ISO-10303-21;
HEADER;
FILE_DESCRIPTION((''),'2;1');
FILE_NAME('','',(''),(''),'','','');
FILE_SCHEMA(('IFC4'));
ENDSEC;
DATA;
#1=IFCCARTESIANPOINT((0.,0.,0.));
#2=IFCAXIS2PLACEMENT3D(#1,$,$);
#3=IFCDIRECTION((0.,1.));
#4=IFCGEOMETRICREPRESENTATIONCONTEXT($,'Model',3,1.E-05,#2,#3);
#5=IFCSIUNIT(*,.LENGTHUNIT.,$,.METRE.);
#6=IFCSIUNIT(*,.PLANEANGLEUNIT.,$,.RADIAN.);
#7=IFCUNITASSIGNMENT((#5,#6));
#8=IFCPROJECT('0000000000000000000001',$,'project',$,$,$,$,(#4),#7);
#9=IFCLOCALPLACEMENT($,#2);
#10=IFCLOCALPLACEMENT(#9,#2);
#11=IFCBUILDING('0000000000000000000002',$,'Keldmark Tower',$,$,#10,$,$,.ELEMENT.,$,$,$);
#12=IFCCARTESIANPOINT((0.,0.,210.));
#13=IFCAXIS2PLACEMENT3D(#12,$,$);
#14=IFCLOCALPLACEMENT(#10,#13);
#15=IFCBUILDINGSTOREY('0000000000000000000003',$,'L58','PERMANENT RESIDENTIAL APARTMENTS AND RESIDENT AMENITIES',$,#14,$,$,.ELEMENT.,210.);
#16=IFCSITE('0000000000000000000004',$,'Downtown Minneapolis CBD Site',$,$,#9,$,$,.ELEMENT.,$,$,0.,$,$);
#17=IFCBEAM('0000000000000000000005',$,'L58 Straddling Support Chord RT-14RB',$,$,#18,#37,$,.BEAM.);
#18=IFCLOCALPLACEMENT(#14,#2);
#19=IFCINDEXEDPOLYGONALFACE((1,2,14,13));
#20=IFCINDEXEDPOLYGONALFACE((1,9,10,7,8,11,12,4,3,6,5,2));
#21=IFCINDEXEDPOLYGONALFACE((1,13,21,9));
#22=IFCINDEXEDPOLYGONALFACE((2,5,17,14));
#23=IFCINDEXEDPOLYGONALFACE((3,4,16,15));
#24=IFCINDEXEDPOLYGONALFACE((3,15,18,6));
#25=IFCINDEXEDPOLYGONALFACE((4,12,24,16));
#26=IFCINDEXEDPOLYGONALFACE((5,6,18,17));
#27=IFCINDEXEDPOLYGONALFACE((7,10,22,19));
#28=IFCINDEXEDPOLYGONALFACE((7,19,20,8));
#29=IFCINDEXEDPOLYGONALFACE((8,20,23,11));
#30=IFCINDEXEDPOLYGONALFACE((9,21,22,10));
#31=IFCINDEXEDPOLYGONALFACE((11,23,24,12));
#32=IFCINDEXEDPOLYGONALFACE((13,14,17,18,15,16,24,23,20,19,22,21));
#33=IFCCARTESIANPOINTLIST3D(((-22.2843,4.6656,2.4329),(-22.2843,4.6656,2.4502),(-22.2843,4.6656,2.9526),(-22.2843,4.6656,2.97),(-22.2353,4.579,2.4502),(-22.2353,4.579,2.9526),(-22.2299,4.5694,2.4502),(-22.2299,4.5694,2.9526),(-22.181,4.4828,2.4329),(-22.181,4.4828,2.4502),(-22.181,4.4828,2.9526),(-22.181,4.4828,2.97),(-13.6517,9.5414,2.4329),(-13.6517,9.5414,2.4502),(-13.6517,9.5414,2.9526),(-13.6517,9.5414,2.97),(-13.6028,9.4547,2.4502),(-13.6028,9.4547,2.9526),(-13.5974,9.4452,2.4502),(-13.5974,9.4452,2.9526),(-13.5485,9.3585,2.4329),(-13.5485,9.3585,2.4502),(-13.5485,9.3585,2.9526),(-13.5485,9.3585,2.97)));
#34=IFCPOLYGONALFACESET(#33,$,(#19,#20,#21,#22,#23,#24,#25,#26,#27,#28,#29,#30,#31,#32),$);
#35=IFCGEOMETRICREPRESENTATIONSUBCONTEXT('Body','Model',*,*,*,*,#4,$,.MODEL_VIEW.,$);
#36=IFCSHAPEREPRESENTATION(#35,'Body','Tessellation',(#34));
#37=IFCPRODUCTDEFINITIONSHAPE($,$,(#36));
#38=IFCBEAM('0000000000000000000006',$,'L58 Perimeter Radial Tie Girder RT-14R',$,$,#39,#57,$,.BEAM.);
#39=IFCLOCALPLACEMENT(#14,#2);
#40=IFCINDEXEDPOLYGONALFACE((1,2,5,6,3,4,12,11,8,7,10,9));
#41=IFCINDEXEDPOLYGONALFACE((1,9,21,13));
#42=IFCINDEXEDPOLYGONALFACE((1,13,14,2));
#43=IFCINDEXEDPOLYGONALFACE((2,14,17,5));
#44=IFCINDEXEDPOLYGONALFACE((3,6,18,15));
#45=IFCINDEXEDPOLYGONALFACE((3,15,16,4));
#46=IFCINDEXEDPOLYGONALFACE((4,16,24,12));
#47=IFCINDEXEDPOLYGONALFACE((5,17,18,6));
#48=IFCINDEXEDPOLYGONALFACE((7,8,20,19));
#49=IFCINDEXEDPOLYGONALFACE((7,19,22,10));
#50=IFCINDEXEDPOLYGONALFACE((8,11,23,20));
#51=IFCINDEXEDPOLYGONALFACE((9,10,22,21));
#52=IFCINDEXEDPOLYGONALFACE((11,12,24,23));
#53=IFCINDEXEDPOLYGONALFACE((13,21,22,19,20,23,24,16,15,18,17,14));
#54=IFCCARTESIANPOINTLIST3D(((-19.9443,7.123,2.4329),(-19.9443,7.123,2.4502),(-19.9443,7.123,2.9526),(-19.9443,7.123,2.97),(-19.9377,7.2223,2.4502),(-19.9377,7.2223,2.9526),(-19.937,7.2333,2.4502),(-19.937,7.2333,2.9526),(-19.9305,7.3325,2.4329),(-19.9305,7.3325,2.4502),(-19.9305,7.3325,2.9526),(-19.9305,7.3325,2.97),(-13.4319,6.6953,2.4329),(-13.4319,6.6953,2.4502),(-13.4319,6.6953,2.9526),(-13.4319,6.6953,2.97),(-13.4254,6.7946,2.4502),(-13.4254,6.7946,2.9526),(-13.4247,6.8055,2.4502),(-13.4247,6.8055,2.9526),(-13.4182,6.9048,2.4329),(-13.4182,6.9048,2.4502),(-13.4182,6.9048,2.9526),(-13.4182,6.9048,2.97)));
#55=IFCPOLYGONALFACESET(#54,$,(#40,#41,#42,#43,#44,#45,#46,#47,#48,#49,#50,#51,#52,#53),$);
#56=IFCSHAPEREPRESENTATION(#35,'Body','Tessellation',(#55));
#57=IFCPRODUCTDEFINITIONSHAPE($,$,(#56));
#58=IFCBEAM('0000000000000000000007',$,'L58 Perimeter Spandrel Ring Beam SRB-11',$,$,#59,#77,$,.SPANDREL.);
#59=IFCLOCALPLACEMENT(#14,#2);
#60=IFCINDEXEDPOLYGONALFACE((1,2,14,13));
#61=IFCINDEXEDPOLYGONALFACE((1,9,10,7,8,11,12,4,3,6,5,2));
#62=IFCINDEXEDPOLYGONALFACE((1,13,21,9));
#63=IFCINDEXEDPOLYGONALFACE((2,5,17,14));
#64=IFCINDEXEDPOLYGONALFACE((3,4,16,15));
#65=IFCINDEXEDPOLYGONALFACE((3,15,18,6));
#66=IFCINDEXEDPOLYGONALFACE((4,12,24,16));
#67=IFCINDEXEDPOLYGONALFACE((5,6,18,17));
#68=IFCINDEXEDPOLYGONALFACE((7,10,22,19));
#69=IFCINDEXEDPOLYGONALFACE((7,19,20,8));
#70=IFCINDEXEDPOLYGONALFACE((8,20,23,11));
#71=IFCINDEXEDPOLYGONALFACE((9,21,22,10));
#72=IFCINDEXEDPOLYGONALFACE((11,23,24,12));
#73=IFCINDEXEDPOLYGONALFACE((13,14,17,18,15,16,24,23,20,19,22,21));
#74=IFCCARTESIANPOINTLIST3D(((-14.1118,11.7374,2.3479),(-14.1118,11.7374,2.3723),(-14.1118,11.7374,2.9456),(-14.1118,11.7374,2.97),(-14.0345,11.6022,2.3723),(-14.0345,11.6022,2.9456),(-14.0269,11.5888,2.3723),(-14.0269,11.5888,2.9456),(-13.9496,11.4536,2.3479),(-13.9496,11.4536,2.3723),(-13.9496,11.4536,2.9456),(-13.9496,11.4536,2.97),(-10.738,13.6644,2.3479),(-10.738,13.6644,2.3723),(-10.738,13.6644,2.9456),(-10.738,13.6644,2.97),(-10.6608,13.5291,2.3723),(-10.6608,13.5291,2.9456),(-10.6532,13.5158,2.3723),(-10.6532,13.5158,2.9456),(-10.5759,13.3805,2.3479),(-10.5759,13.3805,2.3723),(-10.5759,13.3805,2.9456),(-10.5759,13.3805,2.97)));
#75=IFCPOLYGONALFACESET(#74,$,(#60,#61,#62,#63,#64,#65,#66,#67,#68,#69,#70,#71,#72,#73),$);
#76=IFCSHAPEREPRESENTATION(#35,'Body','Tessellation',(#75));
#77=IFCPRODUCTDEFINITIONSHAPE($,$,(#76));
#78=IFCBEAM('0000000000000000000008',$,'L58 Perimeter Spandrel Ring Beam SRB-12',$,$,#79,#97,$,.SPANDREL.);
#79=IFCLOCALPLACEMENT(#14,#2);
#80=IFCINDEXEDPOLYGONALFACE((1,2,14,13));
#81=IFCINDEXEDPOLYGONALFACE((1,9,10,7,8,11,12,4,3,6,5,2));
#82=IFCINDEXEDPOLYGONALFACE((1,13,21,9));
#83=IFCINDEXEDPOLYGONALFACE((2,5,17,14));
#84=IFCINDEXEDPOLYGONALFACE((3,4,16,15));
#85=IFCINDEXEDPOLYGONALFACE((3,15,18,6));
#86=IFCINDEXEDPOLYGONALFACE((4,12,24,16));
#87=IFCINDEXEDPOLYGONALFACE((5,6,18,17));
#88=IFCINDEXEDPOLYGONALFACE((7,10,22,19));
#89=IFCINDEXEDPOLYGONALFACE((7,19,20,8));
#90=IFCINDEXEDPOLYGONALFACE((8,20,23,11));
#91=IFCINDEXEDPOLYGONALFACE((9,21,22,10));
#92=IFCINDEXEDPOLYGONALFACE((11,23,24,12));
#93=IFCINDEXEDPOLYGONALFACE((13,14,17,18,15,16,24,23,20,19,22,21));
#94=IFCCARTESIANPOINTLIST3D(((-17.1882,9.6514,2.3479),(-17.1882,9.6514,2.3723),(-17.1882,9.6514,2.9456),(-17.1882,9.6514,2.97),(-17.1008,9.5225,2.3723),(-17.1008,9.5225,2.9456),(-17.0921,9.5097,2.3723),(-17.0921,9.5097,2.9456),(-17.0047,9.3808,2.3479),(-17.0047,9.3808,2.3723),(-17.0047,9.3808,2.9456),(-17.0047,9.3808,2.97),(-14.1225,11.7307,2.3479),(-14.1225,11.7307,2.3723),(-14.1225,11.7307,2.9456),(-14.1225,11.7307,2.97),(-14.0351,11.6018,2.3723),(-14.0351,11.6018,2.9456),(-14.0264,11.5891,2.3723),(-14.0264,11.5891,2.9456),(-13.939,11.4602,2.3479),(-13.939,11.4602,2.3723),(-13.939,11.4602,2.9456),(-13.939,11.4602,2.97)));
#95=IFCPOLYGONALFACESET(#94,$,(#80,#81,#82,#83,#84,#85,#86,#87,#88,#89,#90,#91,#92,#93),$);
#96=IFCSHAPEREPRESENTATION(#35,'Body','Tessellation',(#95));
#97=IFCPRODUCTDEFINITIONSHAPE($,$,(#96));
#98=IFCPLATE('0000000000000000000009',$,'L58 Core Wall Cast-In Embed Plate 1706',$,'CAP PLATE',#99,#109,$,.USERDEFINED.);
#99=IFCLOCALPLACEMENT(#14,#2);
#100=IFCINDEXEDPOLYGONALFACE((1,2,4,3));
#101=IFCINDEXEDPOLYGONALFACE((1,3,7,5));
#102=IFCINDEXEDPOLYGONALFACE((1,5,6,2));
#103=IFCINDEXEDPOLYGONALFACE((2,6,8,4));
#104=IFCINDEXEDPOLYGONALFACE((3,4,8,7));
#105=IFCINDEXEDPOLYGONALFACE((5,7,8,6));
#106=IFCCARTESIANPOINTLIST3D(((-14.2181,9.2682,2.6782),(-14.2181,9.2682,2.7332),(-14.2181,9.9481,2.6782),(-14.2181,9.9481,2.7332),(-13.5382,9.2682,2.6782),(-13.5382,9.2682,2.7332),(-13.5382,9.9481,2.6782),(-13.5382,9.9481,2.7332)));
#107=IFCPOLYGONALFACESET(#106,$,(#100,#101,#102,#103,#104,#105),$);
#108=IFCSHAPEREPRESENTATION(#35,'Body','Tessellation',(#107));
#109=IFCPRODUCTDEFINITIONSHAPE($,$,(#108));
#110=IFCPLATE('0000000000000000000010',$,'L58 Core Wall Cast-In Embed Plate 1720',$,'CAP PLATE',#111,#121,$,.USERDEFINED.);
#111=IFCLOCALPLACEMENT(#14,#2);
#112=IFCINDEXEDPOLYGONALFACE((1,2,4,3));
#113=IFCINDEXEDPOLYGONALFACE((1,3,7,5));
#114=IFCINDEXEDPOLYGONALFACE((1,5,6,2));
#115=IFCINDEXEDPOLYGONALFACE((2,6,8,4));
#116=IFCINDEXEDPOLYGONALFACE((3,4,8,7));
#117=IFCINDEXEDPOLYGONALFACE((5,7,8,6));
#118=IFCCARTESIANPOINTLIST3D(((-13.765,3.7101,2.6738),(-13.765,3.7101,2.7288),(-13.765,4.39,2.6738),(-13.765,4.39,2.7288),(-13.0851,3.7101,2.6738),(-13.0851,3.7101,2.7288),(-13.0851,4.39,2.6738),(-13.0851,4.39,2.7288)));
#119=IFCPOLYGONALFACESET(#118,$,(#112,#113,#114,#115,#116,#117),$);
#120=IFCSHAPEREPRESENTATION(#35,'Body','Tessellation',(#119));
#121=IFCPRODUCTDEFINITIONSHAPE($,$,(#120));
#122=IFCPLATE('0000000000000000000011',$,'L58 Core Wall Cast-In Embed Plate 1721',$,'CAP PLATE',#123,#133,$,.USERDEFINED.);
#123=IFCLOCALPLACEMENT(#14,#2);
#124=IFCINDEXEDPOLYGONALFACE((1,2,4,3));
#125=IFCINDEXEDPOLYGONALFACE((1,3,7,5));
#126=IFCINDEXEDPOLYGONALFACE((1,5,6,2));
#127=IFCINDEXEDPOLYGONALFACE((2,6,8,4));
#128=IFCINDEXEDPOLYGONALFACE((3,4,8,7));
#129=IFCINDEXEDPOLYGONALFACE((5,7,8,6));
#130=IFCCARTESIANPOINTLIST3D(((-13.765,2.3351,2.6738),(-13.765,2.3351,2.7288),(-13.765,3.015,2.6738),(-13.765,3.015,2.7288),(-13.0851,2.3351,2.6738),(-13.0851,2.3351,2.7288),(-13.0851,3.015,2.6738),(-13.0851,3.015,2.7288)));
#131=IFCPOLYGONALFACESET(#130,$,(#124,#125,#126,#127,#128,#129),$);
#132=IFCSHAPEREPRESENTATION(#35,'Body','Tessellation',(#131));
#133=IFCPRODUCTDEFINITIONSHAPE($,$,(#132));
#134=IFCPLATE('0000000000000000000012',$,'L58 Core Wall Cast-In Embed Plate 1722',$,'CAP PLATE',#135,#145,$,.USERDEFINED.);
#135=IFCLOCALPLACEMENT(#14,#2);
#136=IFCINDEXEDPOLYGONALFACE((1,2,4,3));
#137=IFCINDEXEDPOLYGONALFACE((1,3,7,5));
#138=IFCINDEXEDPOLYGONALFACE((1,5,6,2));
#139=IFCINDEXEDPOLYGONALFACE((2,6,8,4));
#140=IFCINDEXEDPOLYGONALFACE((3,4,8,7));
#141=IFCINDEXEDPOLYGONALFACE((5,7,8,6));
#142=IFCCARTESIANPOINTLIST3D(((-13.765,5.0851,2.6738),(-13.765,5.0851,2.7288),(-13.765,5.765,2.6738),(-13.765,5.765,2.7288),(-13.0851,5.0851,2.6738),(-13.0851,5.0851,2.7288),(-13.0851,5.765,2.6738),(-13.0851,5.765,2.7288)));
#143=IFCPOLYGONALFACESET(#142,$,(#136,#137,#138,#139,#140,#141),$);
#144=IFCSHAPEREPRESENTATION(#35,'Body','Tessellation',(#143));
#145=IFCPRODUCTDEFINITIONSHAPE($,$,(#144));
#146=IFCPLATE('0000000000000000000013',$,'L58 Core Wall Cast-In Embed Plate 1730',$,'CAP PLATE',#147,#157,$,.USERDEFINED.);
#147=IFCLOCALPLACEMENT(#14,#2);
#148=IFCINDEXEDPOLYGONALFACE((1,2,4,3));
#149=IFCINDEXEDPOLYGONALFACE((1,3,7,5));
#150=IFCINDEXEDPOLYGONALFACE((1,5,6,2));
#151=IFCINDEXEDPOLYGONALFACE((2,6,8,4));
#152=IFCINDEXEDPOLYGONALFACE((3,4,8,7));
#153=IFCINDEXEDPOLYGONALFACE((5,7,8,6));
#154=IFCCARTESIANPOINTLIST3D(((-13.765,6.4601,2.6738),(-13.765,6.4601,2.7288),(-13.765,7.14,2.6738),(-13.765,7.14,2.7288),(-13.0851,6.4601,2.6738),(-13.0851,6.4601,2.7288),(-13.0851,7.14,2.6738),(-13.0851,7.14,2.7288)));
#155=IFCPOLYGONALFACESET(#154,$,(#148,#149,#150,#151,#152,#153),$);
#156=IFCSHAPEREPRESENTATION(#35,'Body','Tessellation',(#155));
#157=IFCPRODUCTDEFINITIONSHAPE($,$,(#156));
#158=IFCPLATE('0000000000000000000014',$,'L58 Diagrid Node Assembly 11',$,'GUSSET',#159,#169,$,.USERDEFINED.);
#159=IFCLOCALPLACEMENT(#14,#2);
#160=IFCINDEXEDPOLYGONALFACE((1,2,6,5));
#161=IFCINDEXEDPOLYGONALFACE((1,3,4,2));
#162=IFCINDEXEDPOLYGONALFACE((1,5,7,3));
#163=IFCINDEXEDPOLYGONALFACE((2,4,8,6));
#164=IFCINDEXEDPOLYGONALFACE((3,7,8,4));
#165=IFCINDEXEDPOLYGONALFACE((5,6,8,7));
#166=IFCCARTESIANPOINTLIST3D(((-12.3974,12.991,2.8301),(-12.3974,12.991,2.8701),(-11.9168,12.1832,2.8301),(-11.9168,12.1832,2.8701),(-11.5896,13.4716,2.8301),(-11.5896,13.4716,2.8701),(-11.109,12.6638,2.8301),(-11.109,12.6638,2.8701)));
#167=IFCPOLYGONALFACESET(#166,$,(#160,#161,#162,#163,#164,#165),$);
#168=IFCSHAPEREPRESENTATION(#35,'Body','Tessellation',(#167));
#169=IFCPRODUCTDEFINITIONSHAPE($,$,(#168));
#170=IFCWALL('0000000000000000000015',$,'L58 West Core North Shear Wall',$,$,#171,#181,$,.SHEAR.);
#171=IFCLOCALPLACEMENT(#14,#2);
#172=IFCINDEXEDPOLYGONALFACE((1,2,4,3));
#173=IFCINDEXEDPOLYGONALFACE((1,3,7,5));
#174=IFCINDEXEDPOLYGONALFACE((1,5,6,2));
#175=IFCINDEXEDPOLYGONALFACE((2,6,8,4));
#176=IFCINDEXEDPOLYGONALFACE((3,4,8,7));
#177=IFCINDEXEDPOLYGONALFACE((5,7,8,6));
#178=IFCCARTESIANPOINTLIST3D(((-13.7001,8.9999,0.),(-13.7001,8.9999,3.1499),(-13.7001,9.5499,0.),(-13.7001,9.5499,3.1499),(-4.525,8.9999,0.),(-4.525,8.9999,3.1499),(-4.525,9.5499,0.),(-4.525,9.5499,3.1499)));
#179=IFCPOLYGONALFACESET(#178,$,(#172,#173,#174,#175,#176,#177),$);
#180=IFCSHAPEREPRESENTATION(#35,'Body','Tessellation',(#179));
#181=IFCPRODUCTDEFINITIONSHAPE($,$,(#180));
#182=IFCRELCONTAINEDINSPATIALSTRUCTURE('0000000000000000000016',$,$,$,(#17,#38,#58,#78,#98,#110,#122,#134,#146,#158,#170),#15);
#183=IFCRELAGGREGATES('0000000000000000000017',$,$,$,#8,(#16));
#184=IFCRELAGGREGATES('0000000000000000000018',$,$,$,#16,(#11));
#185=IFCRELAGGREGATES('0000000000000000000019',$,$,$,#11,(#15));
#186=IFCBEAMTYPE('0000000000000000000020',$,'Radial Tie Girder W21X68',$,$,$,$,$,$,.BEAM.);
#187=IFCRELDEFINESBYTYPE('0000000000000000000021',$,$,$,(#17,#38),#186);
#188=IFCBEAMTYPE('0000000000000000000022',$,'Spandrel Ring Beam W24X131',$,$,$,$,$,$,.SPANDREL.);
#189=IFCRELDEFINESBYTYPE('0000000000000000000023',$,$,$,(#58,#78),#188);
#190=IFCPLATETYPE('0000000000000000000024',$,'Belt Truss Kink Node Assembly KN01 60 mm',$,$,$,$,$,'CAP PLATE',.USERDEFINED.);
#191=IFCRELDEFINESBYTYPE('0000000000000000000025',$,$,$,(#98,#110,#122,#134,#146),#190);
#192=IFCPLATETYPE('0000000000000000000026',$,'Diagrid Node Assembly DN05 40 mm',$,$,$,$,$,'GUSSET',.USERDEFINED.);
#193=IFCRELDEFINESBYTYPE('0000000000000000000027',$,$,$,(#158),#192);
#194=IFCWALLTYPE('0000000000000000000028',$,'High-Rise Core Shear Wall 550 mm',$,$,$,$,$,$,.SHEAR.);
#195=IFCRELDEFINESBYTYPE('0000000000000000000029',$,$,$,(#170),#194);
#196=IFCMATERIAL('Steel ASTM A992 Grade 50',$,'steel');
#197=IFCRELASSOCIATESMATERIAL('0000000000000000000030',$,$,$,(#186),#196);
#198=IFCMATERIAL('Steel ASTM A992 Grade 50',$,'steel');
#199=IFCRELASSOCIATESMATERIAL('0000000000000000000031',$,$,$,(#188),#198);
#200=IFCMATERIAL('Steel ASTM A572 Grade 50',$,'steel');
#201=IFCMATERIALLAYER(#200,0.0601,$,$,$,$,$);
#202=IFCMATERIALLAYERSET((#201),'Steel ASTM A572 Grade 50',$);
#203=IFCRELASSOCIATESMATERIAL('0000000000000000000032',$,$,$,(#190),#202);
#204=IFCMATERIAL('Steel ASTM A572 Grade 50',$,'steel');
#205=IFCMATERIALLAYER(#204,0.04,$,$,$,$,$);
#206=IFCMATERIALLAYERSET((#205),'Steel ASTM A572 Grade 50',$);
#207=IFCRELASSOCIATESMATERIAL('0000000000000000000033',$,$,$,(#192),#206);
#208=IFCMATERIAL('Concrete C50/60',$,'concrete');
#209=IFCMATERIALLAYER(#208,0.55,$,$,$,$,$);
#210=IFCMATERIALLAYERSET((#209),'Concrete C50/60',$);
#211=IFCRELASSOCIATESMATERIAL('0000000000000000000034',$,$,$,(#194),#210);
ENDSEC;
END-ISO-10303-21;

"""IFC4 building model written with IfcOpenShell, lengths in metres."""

from ifc_helpers import new_model, si_unit, direction, frame, frame_2d, origin, origin_2d, place, context, subcontext, project, spatial, rectangle, i_section, extrude, material, layer, layer_set, material_profile, profile_set, type_object, element, save


model = new_model("IFC4")

# Units and contexts
model_context = context("Model", 3, precision=1e-05, world=origin(), true_north=direction((0.0, 1.0)))
body_context = subcontext(model_context, "Body", "Model", "MODEL_VIEW")
ifc_project = project(units=[si_unit("LENGTHUNIT", "METRE"), si_unit("PLANEANGLEUNIT", "RADIAN")], contexts=[model_context])

# Site, building, storey
site_placement = place(None, origin())
site = spatial("IfcSite", under=ifc_project, at=site_placement, Name="Downtown Minneapolis CBD Site", CompositionType="ELEMENT", RefElevation=0.0)
building_placement = place(site_placement, origin())
building = spatial("IfcBuilding", under=site, at=building_placement, Name="Keldmark Tower", CompositionType="ELEMENT")
storey_placement = place(building_placement, frame((0.0, 0.0, 210.0)))
storey = spatial("IfcBuildingStorey", under=building, at=storey_placement, Name="L58", Description="PERMANENT RESIDENTIAL APARTMENTS AND RESIDENT AMENITIES", CompositionType="ELEMENT", Elevation=210.0)

# Beams
ifc_material_1 = material(Name="Steel ASTM A992 Grade 50", Category="steel")
ifc_material_profile_1 = material_profile(ifc_material_1, i_section(OverallWidth=0.21, OverallDepth=0.5371, WebThickness=0.011, FlangeThickness=0.0173, at=origin_2d()), Name="W21X68")
ifc_profile_set_1 = profile_set([ifc_material_profile_1], Name="Steel ASTM A992 Grade 50")
beam_type_1 = type_object("IfcBeamType", Name="Radial Tie Girder W21X68", PredefinedType="BEAM", material=ifc_profile_set_1)
beam_1_placement = place(storey_placement, frame((-13.6001, 9.45, 2.7014), z_axis=(-0.870716, -0.491786, 0.0), x_axis=(0.491786, -0.870716, 0.0)))
element("IfcBeam", 1, at=beam_1_placement, inside=storey, type_object=beam_type_1, Name="L58 Straddling Support Chord RT-14RB", PredefinedType="BEAM", context=body_context, shape_type="SweptSolid", body=[
    extrude(i_section(OverallWidth=0.21, OverallDepth=0.5371, WebThickness=0.011, FlangeThickness=0.0173, at=origin_2d()), origin(), (0.0, 0.0, 1.0), 9.9143),
])
beam_2_placement = place(storey_placement, frame((-13.425, 6.8, 2.7014), z_axis=(-0.99785, 0.065538, 0.0), x_axis=(-0.065538, -0.99785, 0.0)))
element("IfcBeam", 2, at=beam_2_placement, inside=storey, type_object=beam_type_1, Name="L58 Perimeter Radial Tie Girder RT-14R", PredefinedType="BEAM", context=body_context, shape_type="SweptSolid", body=[
    extrude(i_section(OverallWidth=0.21, OverallDepth=0.5371, WebThickness=0.011, FlangeThickness=0.0173, at=origin_2d()), origin(), (0.0, 0.0, 1.0), 6.5264),
])
ifc_material_2 = material(Name="Steel ASTM A992 Grade 50", Category="steel")
ifc_material_profile_2 = material_profile(ifc_material_2, i_section(OverallWidth=0.3269, OverallDepth=0.6221, WebThickness=0.0154, FlangeThickness=0.0244, at=origin_2d()), Name="W24X131")
ifc_profile_set_2 = profile_set([ifc_material_profile_2], Name="Steel ASTM A992 Grade 50")
beam_type_2 = type_object("IfcBeamType", Name="Spandrel Ring Beam W24X131", PredefinedType="SPANDREL", material=ifc_profile_set_2)
beam_3_placement = place(storey_placement, frame((-10.657, 13.5225, 2.6589), z_axis=(-0.86834, -0.49597, 0.0), x_axis=(0.49597, -0.86834, 0.0)))
element("IfcBeam", 3, at=beam_3_placement, inside=storey, type_object=beam_type_2, Name="L58 Perimeter Spandrel Ring Beam SRB-11", PredefinedType="SPANDREL", context=body_context, shape_type="SweptSolid", body=[
    extrude(i_section(OverallWidth=0.3269, OverallDepth=0.6221, WebThickness=0.0154, FlangeThickness=0.0244, at=origin_2d()), origin(), (0.0, 0.0, 1.0), 3.8853),
])
beam_4_placement = place(storey_placement, frame((-14.0308, 11.5955, 2.6589), z_axis=(-0.827593, -0.561329, 0.0), x_axis=(0.561329, -0.827593, 0.0)))
element("IfcBeam", 4, at=beam_4_placement, inside=storey, type_object=beam_type_2, Name="L58 Perimeter Spandrel Ring Beam SRB-12", PredefinedType="SPANDREL", context=body_context, shape_type="SweptSolid", body=[
    extrude(i_section(OverallWidth=0.3269, OverallDepth=0.6221, WebThickness=0.0154, FlangeThickness=0.0244, at=origin_2d()), origin(), (0.0, 0.0, 1.0), 3.7043),
])

# Plates
ifc_material_3 = material(Name="Steel ASTM A572 Grade 50", Category="steel")
ifc_layer_1 = layer(ifc_material_3, 0.0601)
ifc_layer_set_1 = layer_set([ifc_layer_1], Name="Steel ASTM A572 Grade 50")
plate_type_1 = type_object("IfcPlateType", Name="Belt Truss Kink Node Assembly KN01 60 mm", ElementType="CAP PLATE", PredefinedType="USERDEFINED", material=ifc_layer_set_1)
for number, where, z_axis, x_axis, name in (
    (5, (-13.8782, 9.6082, 2.6782), (0.0, 0.0, 1.0), (1.0, 0.0, 0.0), "L58 Core Wall Cast-In Embed Plate 1706"),
    (6, (-13.425, 4.05, 2.6738), (0.0, 0.0, 1.0), (1.0, 0.0, 0.0), "L58 Core Wall Cast-In Embed Plate 1720"),
    (7, (-13.425, 2.675, 2.6738), (0.0, 0.0, 1.0), (1.0, 0.0, 0.0), "L58 Core Wall Cast-In Embed Plate 1721"),
    (8, (-13.425, 5.425, 2.6738), (0.0, 0.0, 1.0), (1.0, 0.0, 0.0), "L58 Core Wall Cast-In Embed Plate 1722"),
    (9, (-13.425, 6.8, 2.6738), (0.0, 0.0, 1.0), (1.0, 0.0, 0.0), "L58 Core Wall Cast-In Embed Plate 1730"),
):
    element("IfcPlate", number, at=place(storey_placement, frame(where, z_axis=z_axis, x_axis=x_axis)), inside=storey, type_object=plate_type_1, Name=name, ObjectType="CAP PLATE", PredefinedType="USERDEFINED", context=body_context, shape_type="SweptSolid", body=[
        extrude(rectangle(XDim=0.6799, YDim=0.6799, at=origin_2d()), origin(), (0.0, 0.0, 1.0), 0.0549),
    ])
ifc_material_4 = material(Name="Steel ASTM A572 Grade 50", Category="steel")
ifc_layer_2 = layer(ifc_material_4, 0.04)
ifc_layer_set_2 = layer_set([ifc_layer_2], Name="Steel ASTM A572 Grade 50")
plate_type_2 = type_object("IfcPlateType", Name="Diagrid Node Assembly DN05 40 mm", ElementType="GUSSET", PredefinedType="USERDEFINED", material=ifc_layer_set_2)
plate_placement = place(storey_placement, frame((-11.7532, 12.8274, 2.8301), z_axis=(0.0, 0.0, 1.0), x_axis=(-0.859406, -0.511293, 0.0)))
element("IfcPlate", 10, at=plate_placement, inside=storey, type_object=plate_type_2, Name="L58 Diagrid Node Assembly 11", ObjectType="GUSSET", PredefinedType="USERDEFINED", context=body_context, shape_type="SweptSolid", body=[
    extrude(rectangle(XDim=0.9399, YDim=0.9399, at=origin_2d()), origin(), (0.0, 0.0, 1.0), 0.04),
])

# Wall
ifc_material_5 = material(Name="Concrete C50/60", Category="concrete")
ifc_layer_3 = layer(ifc_material_5, 0.55)
ifc_layer_set_3 = layer_set([ifc_layer_3], Name="Concrete C50/60")
wall_type_1 = type_object("IfcWallType", Name="High-Rise Core Shear Wall 550 mm", PredefinedType="SHEAR", material=ifc_layer_set_3)
wall_1_placement = place(storey_placement, frame((-13.7, 9.2749, 0.0), z_axis=(0.0, 0.0, 1.0), x_axis=(1.0, 0.0, 0.0)))
element("IfcWall", 11, at=wall_1_placement, inside=storey, type_object=wall_type_1, Name="L58 West Core North Shear Wall", PredefinedType="SHEAR", context=body_context, shape_type="SweptSolid", body=[
    extrude(rectangle(XDim=9.175, YDim=0.55, at=frame_2d((4.5874, 0.0))), origin(), (0.0, 0.0, 1.0), 3.1499),
])

save(model, "model.ifc")
